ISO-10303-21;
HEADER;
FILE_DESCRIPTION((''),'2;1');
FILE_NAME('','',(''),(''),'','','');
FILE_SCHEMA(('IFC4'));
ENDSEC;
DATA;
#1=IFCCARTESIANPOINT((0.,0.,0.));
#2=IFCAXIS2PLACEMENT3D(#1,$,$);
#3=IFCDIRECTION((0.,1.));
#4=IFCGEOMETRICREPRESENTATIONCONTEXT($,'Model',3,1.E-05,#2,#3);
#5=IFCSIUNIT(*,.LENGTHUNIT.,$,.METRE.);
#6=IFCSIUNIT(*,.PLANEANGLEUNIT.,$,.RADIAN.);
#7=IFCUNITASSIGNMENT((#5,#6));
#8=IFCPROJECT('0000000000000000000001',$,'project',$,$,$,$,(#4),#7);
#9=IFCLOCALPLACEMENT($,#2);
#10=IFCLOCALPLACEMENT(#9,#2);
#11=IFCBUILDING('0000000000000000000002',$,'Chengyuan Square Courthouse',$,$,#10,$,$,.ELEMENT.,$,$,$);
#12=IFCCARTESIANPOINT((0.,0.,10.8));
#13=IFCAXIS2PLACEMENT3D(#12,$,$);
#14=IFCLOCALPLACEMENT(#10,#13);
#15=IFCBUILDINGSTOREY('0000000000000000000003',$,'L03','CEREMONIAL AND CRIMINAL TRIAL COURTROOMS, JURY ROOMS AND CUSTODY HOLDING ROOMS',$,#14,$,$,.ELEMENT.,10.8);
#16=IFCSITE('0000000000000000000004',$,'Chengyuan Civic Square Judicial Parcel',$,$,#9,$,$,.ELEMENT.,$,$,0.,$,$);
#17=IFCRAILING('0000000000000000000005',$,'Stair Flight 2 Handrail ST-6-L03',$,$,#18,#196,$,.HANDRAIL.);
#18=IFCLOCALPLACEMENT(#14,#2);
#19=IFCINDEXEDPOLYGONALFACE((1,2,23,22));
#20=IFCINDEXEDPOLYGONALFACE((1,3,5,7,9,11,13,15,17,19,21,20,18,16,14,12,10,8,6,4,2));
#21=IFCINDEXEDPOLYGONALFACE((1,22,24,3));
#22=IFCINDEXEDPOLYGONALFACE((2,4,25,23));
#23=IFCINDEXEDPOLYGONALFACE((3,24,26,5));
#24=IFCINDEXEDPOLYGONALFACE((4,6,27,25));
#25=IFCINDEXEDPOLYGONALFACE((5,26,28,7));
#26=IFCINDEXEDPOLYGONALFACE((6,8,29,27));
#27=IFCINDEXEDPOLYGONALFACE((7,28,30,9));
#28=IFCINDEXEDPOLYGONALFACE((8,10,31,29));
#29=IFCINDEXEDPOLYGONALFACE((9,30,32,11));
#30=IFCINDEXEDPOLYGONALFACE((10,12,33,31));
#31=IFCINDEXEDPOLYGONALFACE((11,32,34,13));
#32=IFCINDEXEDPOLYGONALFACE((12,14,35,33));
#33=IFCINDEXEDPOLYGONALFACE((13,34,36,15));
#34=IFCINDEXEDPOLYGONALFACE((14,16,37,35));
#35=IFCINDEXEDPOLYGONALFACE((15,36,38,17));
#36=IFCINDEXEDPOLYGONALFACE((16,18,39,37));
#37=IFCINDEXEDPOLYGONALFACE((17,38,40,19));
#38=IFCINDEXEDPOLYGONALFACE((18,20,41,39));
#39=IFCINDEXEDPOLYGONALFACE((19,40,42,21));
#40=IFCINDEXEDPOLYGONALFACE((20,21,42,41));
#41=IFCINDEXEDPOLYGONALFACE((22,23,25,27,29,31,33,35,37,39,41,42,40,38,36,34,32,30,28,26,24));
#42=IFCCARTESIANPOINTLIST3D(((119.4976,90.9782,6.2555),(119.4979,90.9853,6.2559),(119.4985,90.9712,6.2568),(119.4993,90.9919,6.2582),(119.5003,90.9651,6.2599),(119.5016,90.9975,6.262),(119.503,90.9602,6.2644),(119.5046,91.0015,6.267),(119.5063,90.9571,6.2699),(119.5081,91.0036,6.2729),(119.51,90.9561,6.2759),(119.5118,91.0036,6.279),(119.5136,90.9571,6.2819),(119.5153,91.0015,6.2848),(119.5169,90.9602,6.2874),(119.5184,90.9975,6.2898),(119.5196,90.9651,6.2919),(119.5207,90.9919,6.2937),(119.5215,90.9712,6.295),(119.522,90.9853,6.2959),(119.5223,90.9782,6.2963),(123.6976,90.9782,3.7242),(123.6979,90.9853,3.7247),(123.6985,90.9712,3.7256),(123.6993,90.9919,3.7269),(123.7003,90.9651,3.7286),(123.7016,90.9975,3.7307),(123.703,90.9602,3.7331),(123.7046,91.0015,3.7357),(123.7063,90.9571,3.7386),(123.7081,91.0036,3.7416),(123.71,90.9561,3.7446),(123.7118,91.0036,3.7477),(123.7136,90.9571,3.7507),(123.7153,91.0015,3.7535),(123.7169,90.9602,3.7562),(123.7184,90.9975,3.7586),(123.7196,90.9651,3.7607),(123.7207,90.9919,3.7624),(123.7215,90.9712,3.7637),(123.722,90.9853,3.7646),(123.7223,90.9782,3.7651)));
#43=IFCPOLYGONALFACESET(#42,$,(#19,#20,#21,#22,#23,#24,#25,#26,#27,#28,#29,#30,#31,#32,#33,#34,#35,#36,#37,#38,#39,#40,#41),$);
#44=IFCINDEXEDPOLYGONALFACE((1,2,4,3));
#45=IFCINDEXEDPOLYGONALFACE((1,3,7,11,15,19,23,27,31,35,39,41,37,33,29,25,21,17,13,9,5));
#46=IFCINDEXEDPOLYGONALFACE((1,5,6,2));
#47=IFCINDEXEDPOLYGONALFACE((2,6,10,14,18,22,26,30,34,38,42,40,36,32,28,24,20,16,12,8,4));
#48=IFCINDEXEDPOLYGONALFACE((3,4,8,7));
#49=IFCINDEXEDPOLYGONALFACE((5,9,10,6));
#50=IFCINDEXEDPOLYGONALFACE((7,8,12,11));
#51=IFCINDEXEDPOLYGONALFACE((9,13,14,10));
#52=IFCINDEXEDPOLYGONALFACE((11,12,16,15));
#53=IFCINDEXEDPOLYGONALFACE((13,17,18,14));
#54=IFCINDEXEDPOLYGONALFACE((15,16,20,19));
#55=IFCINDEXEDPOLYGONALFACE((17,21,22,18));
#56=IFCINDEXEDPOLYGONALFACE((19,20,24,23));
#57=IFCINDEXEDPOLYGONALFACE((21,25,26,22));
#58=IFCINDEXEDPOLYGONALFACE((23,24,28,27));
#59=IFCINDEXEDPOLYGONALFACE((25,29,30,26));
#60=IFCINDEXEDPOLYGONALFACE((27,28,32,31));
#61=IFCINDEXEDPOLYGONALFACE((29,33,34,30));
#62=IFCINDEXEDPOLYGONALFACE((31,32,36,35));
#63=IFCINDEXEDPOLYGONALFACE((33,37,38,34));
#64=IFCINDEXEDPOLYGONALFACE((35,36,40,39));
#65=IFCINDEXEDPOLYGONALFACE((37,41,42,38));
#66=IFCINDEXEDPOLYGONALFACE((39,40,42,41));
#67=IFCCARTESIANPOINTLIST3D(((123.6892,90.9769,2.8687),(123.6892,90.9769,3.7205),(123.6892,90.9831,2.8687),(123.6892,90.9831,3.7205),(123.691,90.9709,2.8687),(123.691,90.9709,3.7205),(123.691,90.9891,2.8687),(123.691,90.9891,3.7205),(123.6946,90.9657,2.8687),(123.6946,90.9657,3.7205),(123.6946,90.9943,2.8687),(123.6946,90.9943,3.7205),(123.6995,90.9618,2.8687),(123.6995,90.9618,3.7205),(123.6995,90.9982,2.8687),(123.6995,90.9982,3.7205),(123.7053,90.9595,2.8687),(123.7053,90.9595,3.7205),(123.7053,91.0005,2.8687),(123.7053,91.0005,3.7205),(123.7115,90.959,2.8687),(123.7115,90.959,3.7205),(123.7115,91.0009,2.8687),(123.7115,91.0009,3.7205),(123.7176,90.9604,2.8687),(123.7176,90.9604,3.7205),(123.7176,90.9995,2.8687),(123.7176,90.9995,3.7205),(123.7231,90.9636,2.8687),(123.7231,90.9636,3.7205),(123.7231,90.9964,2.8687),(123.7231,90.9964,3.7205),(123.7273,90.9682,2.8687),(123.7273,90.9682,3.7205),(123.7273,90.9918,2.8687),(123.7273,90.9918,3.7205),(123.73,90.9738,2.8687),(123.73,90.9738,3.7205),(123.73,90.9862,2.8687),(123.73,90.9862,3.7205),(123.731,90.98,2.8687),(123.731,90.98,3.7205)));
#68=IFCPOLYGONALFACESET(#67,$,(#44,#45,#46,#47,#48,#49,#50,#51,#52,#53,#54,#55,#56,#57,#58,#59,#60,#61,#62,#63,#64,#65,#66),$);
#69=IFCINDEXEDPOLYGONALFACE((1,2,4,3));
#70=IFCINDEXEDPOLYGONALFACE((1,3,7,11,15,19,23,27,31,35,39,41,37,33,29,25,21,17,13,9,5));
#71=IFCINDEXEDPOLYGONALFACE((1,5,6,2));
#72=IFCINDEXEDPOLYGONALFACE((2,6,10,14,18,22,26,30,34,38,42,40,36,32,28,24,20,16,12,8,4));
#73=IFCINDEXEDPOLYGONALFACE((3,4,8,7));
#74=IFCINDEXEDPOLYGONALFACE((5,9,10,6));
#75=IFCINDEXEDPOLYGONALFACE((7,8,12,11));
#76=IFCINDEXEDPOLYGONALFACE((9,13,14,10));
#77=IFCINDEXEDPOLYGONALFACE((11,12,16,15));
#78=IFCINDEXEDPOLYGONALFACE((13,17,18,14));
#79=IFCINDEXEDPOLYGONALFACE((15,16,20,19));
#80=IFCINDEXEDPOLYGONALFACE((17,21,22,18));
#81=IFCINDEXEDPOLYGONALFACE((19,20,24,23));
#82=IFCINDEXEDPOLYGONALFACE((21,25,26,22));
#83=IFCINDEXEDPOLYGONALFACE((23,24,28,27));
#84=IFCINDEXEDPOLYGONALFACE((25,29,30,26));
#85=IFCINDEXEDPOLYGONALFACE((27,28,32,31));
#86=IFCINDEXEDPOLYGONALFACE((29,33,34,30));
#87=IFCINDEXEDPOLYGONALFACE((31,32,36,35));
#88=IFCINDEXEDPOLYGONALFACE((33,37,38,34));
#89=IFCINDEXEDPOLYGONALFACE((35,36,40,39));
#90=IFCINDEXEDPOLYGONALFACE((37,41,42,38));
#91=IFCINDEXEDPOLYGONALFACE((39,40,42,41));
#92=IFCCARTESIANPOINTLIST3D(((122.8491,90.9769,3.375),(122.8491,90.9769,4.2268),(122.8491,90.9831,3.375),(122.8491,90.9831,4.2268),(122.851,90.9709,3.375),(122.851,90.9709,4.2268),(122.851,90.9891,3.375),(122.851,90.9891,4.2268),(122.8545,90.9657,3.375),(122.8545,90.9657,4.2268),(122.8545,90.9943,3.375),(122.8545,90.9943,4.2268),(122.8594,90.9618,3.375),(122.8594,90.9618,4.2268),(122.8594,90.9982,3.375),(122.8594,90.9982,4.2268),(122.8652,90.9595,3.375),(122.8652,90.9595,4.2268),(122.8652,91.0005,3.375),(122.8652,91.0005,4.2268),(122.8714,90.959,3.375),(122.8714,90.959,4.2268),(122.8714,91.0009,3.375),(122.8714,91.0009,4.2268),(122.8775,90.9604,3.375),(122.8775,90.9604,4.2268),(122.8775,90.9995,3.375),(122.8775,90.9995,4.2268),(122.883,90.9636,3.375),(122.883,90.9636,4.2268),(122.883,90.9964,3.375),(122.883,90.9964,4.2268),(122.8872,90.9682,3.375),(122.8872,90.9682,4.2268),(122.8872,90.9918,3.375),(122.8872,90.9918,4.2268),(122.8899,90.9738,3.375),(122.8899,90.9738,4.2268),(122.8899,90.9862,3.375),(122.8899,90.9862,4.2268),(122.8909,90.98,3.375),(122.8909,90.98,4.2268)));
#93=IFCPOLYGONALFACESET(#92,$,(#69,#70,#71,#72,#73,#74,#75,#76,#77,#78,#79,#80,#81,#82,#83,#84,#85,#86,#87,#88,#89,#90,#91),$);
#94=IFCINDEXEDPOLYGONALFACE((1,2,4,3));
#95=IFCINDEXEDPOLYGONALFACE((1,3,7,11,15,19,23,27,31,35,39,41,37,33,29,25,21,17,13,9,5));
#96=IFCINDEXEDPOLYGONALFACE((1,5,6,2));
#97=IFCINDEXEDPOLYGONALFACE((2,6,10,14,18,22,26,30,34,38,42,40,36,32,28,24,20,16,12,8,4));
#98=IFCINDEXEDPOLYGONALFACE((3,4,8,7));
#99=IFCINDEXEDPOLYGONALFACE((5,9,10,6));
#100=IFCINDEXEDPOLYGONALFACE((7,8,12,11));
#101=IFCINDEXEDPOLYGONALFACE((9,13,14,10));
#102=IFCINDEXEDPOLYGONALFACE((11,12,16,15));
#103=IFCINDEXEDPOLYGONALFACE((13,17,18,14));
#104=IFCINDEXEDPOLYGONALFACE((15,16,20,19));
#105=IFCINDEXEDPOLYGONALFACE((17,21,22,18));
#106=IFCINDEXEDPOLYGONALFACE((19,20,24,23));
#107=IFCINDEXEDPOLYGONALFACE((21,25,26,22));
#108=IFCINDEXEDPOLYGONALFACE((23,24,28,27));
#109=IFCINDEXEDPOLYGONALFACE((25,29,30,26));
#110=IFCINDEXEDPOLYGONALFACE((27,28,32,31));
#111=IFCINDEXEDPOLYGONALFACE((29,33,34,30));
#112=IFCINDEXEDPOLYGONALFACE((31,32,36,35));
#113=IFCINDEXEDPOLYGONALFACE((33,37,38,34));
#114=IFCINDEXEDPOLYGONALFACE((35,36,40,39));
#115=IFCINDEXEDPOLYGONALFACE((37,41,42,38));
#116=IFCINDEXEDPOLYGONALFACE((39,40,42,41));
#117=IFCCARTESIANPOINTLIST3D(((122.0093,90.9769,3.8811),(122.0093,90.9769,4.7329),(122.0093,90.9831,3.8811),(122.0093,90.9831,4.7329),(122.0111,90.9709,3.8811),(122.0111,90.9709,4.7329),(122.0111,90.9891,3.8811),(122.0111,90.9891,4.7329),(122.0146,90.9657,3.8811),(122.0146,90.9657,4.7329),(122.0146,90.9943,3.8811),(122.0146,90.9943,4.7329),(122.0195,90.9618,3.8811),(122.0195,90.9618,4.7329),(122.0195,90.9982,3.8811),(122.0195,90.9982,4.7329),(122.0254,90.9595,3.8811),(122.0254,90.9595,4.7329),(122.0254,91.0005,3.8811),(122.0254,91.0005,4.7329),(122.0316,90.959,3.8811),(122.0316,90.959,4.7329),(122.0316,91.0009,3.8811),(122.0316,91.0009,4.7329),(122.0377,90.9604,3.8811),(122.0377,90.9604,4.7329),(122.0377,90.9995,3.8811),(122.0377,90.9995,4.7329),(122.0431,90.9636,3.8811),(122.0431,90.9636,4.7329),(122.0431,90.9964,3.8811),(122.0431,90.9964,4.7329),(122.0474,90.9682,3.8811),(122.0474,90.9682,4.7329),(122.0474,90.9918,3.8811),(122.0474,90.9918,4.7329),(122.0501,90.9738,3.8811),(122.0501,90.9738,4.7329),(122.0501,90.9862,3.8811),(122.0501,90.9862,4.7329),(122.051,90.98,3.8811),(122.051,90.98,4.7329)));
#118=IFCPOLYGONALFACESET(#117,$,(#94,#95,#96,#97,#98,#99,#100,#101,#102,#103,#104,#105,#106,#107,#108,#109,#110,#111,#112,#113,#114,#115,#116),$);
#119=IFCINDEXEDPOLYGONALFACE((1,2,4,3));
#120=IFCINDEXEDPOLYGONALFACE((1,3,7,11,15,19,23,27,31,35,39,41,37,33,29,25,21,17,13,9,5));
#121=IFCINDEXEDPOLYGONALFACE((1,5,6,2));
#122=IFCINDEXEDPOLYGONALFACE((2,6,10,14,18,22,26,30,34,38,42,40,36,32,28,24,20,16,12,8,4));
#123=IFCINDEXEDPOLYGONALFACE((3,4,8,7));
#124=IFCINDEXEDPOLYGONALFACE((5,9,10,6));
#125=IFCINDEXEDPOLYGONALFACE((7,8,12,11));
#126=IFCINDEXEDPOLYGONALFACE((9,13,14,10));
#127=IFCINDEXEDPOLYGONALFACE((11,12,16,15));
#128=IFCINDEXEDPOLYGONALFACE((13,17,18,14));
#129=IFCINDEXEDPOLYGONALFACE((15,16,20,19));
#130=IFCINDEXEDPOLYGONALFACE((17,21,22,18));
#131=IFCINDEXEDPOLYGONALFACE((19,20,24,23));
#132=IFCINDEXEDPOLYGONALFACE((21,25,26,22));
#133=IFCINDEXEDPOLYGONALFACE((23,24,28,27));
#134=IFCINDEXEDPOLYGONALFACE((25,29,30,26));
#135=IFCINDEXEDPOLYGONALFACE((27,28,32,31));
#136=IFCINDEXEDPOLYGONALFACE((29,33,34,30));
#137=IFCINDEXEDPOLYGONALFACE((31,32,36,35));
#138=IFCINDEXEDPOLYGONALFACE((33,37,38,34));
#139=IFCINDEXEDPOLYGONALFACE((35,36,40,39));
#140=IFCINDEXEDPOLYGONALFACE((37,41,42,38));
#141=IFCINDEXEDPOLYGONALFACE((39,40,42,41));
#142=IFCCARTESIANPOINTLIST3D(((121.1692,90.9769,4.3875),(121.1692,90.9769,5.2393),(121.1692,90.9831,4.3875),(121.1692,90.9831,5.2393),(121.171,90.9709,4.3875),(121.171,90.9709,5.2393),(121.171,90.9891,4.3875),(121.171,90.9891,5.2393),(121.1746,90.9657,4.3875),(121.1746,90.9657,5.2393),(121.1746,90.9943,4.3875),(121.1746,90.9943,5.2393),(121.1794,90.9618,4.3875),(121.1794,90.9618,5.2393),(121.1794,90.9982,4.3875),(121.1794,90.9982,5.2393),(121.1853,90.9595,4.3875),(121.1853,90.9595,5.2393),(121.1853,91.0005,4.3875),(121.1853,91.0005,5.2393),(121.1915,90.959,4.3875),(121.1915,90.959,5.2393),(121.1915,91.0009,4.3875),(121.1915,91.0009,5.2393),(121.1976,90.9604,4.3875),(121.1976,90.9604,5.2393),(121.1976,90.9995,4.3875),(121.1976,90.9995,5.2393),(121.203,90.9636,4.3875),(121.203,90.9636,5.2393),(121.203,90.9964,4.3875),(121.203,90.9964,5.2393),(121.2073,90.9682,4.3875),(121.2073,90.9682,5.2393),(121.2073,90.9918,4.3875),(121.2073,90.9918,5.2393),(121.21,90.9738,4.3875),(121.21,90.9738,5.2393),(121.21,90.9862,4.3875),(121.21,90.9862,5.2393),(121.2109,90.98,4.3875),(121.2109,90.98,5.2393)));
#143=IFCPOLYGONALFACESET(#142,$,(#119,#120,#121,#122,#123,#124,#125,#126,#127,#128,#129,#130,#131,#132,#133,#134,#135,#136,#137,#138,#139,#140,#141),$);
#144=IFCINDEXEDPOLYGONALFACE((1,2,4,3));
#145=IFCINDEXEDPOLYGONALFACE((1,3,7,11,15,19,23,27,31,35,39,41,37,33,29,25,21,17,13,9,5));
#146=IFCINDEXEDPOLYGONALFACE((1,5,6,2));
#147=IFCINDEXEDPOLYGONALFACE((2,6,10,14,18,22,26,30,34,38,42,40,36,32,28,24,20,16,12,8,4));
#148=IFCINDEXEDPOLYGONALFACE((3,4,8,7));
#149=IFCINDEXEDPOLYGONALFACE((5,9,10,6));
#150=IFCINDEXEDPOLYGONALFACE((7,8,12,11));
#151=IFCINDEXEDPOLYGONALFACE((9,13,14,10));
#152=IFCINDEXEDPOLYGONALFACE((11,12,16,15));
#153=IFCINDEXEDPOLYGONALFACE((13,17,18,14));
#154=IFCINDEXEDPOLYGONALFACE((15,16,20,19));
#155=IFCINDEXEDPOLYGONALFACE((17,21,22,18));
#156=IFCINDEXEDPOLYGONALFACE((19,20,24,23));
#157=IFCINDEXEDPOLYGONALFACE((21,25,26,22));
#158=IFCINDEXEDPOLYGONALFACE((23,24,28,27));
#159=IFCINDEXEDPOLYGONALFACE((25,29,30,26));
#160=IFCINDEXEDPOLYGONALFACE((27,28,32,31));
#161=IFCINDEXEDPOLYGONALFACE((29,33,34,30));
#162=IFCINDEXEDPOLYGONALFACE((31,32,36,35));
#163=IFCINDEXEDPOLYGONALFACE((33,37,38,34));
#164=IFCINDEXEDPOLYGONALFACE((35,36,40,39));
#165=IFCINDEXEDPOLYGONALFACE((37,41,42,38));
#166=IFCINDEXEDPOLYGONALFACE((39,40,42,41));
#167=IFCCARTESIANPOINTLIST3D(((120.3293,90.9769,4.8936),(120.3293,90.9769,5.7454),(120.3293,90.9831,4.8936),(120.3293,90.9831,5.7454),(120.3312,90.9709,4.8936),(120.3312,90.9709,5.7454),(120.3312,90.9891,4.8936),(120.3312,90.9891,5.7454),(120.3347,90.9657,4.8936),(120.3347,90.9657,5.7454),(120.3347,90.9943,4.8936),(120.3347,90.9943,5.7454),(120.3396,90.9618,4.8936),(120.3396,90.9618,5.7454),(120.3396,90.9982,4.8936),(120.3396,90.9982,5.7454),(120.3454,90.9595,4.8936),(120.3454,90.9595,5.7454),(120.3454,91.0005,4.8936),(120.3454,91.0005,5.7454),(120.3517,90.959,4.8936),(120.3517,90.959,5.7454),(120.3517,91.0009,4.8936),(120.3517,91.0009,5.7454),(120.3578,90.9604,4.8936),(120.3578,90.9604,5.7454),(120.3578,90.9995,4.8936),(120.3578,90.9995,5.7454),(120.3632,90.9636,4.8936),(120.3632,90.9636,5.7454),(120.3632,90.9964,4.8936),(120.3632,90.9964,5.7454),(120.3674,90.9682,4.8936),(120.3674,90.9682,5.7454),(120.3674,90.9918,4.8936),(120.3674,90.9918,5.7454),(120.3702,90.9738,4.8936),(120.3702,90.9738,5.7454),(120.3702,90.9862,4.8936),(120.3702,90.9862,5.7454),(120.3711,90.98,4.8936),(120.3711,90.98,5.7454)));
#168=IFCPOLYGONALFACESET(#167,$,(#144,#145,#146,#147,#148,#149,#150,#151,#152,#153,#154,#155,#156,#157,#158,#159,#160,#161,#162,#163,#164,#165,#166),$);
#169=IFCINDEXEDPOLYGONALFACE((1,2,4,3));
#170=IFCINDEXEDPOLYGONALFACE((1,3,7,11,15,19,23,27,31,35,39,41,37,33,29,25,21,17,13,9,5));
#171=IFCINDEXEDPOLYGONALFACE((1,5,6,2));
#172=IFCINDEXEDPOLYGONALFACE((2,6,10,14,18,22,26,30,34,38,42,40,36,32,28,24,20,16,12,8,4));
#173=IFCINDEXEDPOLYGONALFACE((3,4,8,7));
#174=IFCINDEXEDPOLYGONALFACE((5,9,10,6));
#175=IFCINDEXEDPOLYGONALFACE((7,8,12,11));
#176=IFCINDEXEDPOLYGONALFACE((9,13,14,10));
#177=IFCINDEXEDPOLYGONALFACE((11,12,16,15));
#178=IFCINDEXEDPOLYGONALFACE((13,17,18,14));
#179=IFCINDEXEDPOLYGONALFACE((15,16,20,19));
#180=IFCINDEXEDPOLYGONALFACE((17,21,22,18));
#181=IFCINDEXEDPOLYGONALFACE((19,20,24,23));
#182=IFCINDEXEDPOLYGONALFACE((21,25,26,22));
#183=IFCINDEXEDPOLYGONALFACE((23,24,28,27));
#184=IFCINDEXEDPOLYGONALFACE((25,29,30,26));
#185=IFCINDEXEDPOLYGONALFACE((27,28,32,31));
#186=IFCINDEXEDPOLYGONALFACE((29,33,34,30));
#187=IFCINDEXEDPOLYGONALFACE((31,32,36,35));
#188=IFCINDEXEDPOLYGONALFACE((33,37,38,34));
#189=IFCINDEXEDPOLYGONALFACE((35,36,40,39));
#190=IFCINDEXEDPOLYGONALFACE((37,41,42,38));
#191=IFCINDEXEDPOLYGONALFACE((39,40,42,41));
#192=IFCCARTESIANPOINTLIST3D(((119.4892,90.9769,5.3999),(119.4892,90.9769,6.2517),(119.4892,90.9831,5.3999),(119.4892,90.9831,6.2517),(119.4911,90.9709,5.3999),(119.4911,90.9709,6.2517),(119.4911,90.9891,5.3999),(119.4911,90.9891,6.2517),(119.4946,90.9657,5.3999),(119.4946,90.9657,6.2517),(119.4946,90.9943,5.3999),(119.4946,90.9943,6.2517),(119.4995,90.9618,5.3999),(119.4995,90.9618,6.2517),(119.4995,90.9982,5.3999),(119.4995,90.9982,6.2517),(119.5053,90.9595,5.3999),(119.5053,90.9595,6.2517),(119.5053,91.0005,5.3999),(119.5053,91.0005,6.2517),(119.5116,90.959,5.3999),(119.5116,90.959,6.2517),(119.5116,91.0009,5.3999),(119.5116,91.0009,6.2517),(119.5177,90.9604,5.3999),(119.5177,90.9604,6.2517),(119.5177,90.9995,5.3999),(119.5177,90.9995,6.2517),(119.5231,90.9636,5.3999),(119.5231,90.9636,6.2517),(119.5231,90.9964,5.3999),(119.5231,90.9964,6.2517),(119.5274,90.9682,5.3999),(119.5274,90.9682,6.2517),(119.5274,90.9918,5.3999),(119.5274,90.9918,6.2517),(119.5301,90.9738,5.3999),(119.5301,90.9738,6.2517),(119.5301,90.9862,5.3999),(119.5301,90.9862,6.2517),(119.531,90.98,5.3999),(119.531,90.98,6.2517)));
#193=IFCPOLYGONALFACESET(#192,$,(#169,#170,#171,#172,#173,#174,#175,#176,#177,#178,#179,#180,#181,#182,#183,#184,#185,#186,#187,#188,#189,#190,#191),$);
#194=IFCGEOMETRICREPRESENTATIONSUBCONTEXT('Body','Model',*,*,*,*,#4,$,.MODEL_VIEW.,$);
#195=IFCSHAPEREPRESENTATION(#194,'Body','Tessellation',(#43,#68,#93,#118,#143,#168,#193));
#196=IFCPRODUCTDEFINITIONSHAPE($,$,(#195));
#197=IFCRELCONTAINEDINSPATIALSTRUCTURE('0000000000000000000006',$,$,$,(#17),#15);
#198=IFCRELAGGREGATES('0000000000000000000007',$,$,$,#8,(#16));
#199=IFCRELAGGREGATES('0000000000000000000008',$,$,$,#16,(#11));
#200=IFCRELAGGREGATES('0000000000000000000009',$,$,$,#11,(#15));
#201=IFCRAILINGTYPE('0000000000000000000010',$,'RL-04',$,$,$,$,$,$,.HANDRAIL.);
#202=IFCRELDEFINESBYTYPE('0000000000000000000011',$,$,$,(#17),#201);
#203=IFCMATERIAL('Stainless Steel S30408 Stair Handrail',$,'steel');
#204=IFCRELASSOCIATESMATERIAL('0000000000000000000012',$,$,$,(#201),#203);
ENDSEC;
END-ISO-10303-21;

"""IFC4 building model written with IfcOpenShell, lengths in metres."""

from ifc_helpers import new_model, si_unit, direction, frame, origin, origin_2d, place, context, subcontext, project, spatial, circle, extrude, material, type_object, element, save


model = new_model("IFC4")

# Units and contexts
model_context = context("Model", 3, precision=1e-05, world=origin(), true_north=direction((0.0, 1.0)))
body_context = subcontext(model_context, "Body", "Model", "MODEL_VIEW")
ifc_project = project(units=[si_unit("LENGTHUNIT", "METRE"), si_unit("PLANEANGLEUNIT", "RADIAN")], contexts=[model_context])

# Site, building, storey
site_placement = place(None, origin())
site = spatial("IfcSite", under=ifc_project, at=site_placement, Name="Chengyuan Civic Square Judicial Parcel", CompositionType="ELEMENT", RefElevation=0.0)
building_placement = place(site_placement, origin())
building = spatial("IfcBuilding", under=site, at=building_placement, Name="Chengyuan Square Courthouse", CompositionType="ELEMENT")
storey_placement = place(building_placement, frame((0.0, 0.0, 10.8)))
storey = spatial("IfcBuildingStorey", under=building, at=storey_placement, Name="L03", Description="CEREMONIAL AND CRIMINAL TRIAL COURTROOMS, JURY ROOMS AND CUSTODY HOLDING ROOMS", CompositionType="ELEMENT", Elevation=10.8)

# Railing
ifc_material_1 = material(Name="Stainless Steel S30408 Stair Handrail", Category="steel")
railing_type_1 = type_object("IfcRailingType", Name="RL-04", PredefinedType="HANDRAIL", material=ifc_material_1)
railing_1_placement = place(storey_placement, frame((123.71, 90.98, 2.8687)))
element("IfcRailing", 1, at=railing_1_placement, inside=storey, type_object=railing_type_1, Name="Stair Flight 2 Handrail ST-6-L03", PredefinedType="HANDRAIL", context=body_context, shape_type="SweptSolid", body=[
    extrude(circle(Radius=0.0239, at=origin_2d()), frame((0.0, 0.0, 0.876), z_axis=(-0.856476, 0.0, 0.516186), x_axis=(0.0, -1.0, 0.0)), (0.0, 0.0, 1.0), 4.9038),
    extrude(circle(Radius=0.021, at=origin_2d()), origin(), (0.0, 0.0, 1.0), 0.8518),
    extrude(circle(Radius=0.021, at=origin_2d()), frame((-0.8401, 0.0, 0.5063)), (0.0, 0.0, 1.0), 0.8518),
    extrude(circle(Radius=0.021, at=origin_2d()), frame((-1.6799, 0.0, 1.0125)), (0.0, 0.0, 1.0), 0.8518),
    extrude(circle(Radius=0.021, at=origin_2d()), frame((-2.52, 0.0, 1.5188)), (0.0, 0.0, 1.0), 0.8518),
    extrude(circle(Radius=0.021, at=origin_2d()), frame((-3.3599, 0.0, 2.0249)), (0.0, 0.0, 1.0), 0.8518),
    extrude(circle(Radius=0.021, at=origin_2d()), frame((-4.2, 0.0, 2.5312)), (0.0, 0.0, 1.0), 0.8518),
])

save(model, "model.ifc")
